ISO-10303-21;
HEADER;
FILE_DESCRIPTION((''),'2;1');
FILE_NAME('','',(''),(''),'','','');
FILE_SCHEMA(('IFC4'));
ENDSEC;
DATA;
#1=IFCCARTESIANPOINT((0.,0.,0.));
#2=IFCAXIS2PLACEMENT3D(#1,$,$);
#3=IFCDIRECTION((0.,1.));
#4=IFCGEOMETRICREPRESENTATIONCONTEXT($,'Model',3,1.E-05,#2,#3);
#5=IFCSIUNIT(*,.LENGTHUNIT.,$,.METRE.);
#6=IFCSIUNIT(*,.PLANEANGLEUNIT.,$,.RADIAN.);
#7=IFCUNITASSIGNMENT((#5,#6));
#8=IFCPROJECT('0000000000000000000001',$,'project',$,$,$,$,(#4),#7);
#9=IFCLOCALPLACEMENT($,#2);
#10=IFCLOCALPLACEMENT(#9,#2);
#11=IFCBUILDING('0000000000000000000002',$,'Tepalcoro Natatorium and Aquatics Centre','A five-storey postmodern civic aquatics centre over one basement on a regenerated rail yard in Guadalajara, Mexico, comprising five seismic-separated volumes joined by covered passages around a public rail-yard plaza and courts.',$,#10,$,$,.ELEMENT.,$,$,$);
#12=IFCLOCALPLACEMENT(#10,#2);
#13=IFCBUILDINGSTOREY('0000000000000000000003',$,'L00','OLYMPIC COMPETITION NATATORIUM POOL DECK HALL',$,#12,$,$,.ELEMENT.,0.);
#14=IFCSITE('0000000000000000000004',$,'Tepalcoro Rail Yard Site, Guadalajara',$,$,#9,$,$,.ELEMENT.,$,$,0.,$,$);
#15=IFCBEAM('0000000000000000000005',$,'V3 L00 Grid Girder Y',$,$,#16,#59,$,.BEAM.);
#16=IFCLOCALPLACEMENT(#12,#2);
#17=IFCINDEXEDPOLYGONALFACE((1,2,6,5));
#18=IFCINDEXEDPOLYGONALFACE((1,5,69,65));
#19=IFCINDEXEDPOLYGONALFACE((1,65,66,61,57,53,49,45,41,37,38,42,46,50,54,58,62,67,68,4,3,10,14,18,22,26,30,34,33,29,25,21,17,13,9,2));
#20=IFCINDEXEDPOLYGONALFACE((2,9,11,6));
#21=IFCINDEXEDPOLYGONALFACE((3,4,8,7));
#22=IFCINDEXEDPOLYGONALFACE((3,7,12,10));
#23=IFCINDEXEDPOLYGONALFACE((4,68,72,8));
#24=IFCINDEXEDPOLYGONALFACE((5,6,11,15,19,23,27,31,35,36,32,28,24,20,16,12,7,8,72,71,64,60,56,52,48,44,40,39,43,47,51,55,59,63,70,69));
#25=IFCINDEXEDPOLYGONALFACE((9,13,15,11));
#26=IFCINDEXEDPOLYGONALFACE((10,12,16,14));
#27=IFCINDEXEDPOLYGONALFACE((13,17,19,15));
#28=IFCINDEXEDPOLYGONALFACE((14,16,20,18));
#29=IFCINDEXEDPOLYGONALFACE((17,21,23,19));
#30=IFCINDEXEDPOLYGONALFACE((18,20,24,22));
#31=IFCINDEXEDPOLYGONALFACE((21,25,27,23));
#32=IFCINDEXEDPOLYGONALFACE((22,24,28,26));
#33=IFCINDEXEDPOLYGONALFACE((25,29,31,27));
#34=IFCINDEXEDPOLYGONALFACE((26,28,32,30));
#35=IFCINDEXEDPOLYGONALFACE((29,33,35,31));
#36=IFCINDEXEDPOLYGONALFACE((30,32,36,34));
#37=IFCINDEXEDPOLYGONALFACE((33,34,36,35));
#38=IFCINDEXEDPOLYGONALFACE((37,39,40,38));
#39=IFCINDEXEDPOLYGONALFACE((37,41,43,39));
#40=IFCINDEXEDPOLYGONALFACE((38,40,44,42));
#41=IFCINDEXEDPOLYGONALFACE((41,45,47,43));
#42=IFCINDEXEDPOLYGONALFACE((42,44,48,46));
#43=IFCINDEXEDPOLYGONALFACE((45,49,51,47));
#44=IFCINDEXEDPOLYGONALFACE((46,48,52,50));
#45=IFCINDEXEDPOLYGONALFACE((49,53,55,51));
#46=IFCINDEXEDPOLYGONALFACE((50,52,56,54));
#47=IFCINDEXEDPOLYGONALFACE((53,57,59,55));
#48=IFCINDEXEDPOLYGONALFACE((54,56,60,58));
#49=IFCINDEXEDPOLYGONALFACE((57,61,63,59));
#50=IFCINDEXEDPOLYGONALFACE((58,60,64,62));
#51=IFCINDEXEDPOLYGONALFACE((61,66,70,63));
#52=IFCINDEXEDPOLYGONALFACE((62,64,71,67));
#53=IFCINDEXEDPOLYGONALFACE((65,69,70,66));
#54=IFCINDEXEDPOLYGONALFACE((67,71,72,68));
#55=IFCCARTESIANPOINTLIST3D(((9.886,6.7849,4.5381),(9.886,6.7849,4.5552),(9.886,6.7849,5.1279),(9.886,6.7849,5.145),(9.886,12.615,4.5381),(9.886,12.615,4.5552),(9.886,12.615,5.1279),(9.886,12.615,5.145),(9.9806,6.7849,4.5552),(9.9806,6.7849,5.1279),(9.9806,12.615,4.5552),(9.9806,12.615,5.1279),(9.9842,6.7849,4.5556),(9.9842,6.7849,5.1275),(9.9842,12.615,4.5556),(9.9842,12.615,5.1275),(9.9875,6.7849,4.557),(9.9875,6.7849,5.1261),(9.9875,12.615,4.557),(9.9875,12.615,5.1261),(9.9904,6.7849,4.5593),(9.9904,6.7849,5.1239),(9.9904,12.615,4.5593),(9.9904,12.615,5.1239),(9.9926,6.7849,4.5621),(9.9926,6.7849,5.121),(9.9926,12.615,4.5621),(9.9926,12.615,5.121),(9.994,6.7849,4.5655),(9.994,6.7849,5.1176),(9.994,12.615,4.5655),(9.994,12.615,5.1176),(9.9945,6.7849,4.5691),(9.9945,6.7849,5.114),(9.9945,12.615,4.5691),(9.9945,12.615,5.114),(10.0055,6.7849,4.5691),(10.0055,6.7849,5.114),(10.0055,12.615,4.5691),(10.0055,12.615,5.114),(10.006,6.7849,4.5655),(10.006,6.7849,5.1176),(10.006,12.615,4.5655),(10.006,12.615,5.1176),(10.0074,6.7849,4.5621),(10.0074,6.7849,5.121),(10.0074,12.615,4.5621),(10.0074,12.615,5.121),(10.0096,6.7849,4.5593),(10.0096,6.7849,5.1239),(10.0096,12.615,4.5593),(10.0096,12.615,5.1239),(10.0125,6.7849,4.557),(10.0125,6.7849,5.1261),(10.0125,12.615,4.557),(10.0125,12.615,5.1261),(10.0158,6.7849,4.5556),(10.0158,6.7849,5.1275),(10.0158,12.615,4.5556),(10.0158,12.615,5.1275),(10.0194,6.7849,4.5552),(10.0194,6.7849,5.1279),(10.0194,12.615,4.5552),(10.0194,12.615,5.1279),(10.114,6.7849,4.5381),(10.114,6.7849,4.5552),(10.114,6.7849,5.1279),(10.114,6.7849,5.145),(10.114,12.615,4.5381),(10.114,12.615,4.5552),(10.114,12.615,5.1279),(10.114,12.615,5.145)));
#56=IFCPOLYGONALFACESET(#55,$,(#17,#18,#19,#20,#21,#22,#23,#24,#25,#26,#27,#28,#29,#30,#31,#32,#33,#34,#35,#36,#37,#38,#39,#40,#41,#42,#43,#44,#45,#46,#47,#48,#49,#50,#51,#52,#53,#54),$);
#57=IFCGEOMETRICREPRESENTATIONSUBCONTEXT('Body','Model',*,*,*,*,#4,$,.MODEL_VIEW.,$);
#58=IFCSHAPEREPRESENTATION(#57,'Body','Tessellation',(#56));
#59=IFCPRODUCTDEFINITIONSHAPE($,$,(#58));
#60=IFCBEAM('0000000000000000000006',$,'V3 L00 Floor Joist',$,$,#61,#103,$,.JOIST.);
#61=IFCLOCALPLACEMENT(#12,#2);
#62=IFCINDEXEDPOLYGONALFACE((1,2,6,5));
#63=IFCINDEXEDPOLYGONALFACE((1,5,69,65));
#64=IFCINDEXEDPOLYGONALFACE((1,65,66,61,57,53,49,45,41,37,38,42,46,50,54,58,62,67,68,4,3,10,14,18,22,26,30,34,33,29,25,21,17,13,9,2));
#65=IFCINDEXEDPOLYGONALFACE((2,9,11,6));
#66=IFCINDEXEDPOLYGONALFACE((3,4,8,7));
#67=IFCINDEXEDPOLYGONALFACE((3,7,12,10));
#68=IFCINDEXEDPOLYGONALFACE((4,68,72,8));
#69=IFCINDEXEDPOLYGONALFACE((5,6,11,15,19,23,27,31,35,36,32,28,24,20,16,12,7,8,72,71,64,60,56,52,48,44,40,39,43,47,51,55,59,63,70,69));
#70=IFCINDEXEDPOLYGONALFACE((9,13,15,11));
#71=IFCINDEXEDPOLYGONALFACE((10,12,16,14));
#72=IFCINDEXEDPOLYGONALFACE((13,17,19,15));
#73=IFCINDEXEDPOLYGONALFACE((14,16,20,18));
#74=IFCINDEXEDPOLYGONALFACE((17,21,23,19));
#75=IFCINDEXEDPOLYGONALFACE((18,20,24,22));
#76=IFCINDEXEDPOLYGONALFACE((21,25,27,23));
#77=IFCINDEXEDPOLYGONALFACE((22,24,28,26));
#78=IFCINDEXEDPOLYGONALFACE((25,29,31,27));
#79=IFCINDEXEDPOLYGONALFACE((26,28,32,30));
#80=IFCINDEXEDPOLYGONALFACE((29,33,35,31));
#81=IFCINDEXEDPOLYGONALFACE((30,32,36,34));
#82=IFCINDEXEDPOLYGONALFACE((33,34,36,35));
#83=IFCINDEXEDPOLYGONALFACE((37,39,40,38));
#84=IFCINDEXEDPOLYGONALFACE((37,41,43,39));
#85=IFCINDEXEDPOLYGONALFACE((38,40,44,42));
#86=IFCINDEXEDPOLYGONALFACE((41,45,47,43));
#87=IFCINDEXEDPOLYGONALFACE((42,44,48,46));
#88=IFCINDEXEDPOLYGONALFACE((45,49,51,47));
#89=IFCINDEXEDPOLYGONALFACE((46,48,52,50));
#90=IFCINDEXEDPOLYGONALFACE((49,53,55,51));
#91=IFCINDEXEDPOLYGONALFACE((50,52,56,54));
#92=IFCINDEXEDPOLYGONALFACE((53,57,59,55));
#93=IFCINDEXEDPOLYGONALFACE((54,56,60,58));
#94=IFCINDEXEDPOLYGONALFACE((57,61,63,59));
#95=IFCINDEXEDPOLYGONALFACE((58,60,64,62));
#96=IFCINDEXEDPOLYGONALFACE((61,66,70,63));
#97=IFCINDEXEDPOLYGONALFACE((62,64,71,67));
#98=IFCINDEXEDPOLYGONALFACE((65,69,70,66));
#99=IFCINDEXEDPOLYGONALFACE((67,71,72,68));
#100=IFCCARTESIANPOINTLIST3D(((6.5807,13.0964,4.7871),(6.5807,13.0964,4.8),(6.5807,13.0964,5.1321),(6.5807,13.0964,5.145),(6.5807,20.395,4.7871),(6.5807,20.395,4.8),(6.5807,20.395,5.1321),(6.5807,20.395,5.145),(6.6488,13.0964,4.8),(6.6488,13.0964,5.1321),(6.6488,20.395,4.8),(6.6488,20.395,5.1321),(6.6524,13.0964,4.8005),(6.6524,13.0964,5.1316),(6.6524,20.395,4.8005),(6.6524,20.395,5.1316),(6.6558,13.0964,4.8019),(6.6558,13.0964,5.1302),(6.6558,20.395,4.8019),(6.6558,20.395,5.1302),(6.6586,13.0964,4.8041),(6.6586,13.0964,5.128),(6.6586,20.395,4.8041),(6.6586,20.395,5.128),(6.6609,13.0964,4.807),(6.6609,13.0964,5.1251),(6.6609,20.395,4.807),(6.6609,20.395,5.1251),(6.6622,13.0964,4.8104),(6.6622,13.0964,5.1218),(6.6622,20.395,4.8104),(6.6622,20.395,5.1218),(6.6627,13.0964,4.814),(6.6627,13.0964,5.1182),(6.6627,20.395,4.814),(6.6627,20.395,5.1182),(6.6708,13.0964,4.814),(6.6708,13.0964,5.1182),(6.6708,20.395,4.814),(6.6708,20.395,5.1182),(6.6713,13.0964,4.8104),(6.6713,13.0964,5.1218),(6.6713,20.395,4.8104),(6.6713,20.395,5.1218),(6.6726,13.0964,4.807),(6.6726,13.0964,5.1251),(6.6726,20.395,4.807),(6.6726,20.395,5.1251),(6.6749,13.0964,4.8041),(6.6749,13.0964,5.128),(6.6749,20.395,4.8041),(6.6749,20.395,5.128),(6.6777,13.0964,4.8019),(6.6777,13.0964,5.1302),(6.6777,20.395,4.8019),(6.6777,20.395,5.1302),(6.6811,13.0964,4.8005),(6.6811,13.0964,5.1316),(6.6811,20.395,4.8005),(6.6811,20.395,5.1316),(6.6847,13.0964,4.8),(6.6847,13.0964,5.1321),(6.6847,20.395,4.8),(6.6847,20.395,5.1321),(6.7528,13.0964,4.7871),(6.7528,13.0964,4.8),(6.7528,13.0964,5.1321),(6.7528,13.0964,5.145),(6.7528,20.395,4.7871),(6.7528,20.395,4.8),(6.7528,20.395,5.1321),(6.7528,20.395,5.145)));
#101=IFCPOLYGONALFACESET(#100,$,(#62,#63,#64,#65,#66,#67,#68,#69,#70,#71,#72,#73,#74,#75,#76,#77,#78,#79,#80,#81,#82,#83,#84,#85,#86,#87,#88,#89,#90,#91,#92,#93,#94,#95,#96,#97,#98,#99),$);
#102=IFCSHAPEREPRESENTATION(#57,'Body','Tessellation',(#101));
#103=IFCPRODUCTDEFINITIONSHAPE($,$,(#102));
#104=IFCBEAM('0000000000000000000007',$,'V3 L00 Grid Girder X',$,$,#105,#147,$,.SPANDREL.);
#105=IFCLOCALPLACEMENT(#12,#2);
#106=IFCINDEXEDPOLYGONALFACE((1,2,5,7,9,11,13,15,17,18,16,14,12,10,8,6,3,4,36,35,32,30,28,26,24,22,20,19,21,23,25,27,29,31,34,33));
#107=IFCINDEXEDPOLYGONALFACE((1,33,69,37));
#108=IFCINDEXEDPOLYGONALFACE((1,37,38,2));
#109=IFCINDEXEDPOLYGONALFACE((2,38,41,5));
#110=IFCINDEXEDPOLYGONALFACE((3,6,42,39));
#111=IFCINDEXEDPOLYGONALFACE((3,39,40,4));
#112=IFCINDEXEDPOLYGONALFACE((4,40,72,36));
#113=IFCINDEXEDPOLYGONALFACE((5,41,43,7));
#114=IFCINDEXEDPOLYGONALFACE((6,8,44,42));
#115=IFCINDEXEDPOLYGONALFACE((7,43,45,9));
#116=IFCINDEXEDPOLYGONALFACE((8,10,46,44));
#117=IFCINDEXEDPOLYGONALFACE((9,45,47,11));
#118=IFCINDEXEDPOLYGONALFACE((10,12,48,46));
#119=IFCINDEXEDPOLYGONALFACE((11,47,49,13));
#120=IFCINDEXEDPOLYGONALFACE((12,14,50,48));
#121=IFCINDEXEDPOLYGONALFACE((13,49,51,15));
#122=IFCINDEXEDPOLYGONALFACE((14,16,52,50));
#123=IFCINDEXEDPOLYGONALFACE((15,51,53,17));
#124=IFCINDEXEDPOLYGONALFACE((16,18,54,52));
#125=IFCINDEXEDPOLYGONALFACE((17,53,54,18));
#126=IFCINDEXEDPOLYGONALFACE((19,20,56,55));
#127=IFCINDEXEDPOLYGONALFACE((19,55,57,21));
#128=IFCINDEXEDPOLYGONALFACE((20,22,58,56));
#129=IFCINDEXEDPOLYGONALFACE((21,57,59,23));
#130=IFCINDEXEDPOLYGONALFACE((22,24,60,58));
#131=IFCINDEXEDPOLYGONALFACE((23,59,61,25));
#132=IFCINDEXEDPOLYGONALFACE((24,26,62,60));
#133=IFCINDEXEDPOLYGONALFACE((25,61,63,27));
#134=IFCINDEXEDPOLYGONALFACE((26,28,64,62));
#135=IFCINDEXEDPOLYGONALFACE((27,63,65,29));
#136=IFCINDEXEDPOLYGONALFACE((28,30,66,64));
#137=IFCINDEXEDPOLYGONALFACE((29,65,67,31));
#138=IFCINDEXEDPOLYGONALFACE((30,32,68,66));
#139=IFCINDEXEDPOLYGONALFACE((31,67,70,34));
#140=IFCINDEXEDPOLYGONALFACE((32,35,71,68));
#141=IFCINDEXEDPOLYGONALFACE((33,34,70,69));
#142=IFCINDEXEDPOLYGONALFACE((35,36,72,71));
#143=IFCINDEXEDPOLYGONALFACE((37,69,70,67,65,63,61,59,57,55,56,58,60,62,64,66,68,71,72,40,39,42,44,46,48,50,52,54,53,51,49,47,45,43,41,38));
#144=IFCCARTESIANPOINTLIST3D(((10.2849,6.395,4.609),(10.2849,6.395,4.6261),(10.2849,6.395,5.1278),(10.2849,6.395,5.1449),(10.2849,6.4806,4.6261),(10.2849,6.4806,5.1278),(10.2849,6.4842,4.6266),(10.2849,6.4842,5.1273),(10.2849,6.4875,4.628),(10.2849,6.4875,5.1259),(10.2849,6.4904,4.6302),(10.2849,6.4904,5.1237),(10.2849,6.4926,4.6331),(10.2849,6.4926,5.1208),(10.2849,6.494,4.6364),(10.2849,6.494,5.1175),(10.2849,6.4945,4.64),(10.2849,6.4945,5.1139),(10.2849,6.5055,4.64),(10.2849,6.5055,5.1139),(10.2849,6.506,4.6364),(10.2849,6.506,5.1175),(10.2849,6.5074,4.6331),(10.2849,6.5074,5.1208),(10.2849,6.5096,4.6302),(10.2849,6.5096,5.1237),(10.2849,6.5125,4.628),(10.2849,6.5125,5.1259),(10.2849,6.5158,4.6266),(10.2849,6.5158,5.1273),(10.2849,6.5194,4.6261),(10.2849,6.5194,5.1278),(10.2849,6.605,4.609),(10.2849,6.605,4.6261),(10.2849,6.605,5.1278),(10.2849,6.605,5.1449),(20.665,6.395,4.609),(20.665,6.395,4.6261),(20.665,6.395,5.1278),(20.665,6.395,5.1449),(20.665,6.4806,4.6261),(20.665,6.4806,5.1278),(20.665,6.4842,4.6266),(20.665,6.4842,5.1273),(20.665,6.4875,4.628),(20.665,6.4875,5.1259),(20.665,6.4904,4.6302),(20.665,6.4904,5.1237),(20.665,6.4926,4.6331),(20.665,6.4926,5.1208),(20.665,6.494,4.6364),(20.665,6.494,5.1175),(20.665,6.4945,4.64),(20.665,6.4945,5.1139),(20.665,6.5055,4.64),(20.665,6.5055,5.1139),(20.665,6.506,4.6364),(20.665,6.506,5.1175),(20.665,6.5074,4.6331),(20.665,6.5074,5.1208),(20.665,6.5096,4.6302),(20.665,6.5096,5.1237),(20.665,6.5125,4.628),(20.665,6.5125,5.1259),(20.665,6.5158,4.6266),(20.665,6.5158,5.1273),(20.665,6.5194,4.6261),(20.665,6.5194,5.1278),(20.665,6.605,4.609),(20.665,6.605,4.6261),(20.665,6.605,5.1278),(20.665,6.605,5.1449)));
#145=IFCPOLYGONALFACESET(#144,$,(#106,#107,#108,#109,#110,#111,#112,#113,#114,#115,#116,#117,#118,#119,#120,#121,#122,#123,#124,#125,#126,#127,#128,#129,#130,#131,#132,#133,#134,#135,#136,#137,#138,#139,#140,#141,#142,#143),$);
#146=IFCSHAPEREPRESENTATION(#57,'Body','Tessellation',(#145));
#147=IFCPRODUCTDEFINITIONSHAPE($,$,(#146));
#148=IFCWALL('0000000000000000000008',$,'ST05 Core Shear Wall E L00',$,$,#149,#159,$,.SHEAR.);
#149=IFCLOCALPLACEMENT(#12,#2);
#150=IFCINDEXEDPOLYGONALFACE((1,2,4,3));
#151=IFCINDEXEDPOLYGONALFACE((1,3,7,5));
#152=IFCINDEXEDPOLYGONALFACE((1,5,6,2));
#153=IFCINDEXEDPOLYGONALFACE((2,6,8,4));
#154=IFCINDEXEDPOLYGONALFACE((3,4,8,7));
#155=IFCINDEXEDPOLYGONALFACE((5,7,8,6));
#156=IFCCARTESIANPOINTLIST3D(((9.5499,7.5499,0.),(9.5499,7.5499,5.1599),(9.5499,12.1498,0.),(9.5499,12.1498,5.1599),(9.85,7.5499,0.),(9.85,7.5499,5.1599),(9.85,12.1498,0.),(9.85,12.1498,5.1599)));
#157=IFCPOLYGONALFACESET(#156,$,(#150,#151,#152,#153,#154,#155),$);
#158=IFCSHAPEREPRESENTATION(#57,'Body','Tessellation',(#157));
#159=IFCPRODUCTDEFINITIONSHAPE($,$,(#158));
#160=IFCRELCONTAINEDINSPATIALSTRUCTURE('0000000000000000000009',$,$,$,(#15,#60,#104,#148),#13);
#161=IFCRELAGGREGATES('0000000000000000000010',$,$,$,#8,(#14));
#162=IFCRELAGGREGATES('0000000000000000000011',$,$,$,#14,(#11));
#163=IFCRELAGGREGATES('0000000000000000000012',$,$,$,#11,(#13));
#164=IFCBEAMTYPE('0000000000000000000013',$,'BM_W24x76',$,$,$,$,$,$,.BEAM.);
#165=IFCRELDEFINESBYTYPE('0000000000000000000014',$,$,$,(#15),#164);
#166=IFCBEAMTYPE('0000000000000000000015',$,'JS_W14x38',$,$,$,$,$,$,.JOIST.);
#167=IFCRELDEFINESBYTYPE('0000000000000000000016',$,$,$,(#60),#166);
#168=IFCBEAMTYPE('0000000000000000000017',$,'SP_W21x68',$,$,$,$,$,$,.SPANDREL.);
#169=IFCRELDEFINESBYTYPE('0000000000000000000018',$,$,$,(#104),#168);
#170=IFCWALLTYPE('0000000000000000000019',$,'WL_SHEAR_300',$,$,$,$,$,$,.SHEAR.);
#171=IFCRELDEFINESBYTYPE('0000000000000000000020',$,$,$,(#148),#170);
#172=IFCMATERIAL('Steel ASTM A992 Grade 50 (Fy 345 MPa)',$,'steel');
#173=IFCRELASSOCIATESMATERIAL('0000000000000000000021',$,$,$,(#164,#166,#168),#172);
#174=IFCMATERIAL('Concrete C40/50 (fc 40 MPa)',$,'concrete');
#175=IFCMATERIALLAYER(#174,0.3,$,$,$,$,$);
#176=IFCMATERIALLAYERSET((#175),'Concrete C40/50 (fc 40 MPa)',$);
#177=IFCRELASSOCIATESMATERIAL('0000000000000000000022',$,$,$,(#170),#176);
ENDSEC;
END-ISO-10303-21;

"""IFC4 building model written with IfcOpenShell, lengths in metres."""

from ifc_helpers import new_model, si_unit, direction, frame, frame_2d, origin, origin_2d, place, context, subcontext, project, spatial, rectangle, i_section, extrude, material, layer, layer_set, material_profile, profile_set, type_object, element, save


model = new_model("IFC4")

# Units and contexts
model_context = context("Model", 3, precision=1e-05, world=origin(), true_north=direction((0.0, 1.0)))
body_context = subcontext(model_context, "Body", "Model", "MODEL_VIEW")
ifc_project = project(units=[si_unit("LENGTHUNIT", "METRE"), si_unit("PLANEANGLEUNIT", "RADIAN")], contexts=[model_context])

# Site, building, storey
site_placement = place(None, origin())
site = spatial("IfcSite", under=ifc_project, at=site_placement, Name="Tepalcoro Rail Yard Site, Guadalajara", CompositionType="ELEMENT", RefElevation=0.0)
building_placement = place(site_placement, origin())
building = spatial("IfcBuilding", under=site, at=building_placement, Name="Tepalcoro Natatorium and Aquatics Centre", Description="A five-storey postmodern civic aquatics centre over one basement on a regenerated rail yard in Guadalajara, Mexico, comprising five seismic-separated volumes joined by covered passages around a public rail-yard plaza and courts.", CompositionType="ELEMENT")
storey_placement = place(building_placement, origin())
storey = spatial("IfcBuildingStorey", under=building, at=storey_placement, Name="L00", Description="OLYMPIC COMPETITION NATATORIUM POOL DECK HALL", CompositionType="ELEMENT", Elevation=0.0)

# Shared definitions
ifc_material_1 = material(Name="Concrete C40/50 (fc 40 MPa)", Category="concrete")

# Beams
ifc_material_2 = material(Name="Steel ASTM A992 Grade 50 (Fy 345 MPa)", Category="steel")
ifc_material_profile_1 = material_profile(ifc_material_2, i_section(OverallWidth=0.228, OverallDepth=0.6069, WebThickness=0.011, FlangeThickness=0.0171, FilletRadius=0.0139, at=origin_2d()), Name="W24X76")
ifc_profile_set_1 = profile_set([ifc_material_profile_1], Name="Steel ASTM A992 Grade 50 (Fy 345 MPa)")
beam_type_1 = type_object("IfcBeamType", Name="BM_W24x76", PredefinedType="BEAM", material=ifc_profile_set_1)
beam_1_placement = place(storey_placement, frame((10.0, 6.7849, 4.8416), z_axis=(0.0, 1.0, 0.0), x_axis=(-1.0, 0.0, 0.0)))
element("IfcBeam", 1, at=beam_1_placement, inside=storey, type_object=beam_type_1, Name="V3 L00 Grid Girder Y", PredefinedType="BEAM", context=body_context, shape_type="SweptSolid", body=[
    extrude(i_section(OverallWidth=0.228, OverallDepth=0.6069, WebThickness=0.011, FlangeThickness=0.0171, FilletRadius=0.0139, at=origin_2d()), origin(), (0.0, 0.0, 1.0), 5.8301),
])
ifc_material_profile_2 = material_profile(ifc_material_2, i_section(OverallWidth=0.1721, OverallDepth=0.3579, WebThickness=0.0081, FlangeThickness=0.0129, FilletRadius=0.0139, at=origin_2d()), Name="W14X38")
ifc_profile_set_2 = profile_set([ifc_material_profile_2], Name="Steel ASTM A992 Grade 50 (Fy 345 MPa)")
beam_type_2 = type_object("IfcBeamType", Name="JS_W14x38", PredefinedType="JOIST", material=ifc_profile_set_2)
beam_2_placement = place(storey_placement, frame((6.6667, 13.0964, 4.9661), z_axis=(0.0, 1.0, 0.0), x_axis=(-1.0, 0.0, 0.0)))
element("IfcBeam", 2, at=beam_2_placement, inside=storey, type_object=beam_type_2, Name="V3 L00 Floor Joist", PredefinedType="JOIST", context=body_context, shape_type="SweptSolid", body=[
    extrude(i_section(OverallWidth=0.1721, OverallDepth=0.3579, WebThickness=0.0081, FlangeThickness=0.0129, FilletRadius=0.0139, at=origin_2d()), origin(), (0.0, 0.0, 1.0), 7.2986),
])
ifc_material_profile_3 = material_profile(ifc_material_2, i_section(OverallWidth=0.21, OverallDepth=0.5359, WebThickness=0.011, FlangeThickness=0.0171, FilletRadius=0.0139, at=origin_2d()), Name="W21X68")
ifc_profile_set_3 = profile_set([ifc_material_profile_3], Name="Steel ASTM A992 Grade 50 (Fy 345 MPa)")
beam_type_3 = type_object("IfcBeamType", Name="SP_W21x68", PredefinedType="SPANDREL", material=ifc_profile_set_3)
beam_3_placement = place(storey_placement, frame((10.2849, 6.5, 4.877), z_axis=(1.0, 0.0, 0.0), x_axis=(0.0, 1.0, 0.0)))
element("IfcBeam", 3, at=beam_3_placement, inside=storey, type_object=beam_type_3, Name="V3 L00 Grid Girder X", PredefinedType="SPANDREL", context=body_context, shape_type="SweptSolid", body=[
    extrude(i_section(OverallWidth=0.21, OverallDepth=0.5359, WebThickness=0.011, FlangeThickness=0.0171, FilletRadius=0.0139, at=origin_2d()), origin(), (0.0, 0.0, 1.0), 10.3801),
])

# Wall
ifc_layer_1 = layer(ifc_material_1, 0.3)
ifc_layer_set_1 = layer_set([ifc_layer_1], Name="Concrete C40/50 (fc 40 MPa)")
wall_type = type_object("IfcWallType", Name="WL_SHEAR_300", PredefinedType="SHEAR", material=ifc_layer_set_1)
wall_placement = place(storey_placement, frame((9.7, 7.55, 0.0), z_axis=(0.0, 0.0, 1.0), x_axis=(0.0, 1.0, 0.0)))
element("IfcWall", 4, at=wall_placement, inside=storey, type_object=wall_type, Name="ST05 Core Shear Wall E L00", PredefinedType="SHEAR", context=body_context, shape_type="SweptSolid", body=[
    extrude(rectangle(XDim=4.5999, YDim=0.3, at=frame_2d((2.2998, 0.0))), origin(), (0.0, 0.0, 1.0), 5.1599),
])

save(model, "model.ifc")
